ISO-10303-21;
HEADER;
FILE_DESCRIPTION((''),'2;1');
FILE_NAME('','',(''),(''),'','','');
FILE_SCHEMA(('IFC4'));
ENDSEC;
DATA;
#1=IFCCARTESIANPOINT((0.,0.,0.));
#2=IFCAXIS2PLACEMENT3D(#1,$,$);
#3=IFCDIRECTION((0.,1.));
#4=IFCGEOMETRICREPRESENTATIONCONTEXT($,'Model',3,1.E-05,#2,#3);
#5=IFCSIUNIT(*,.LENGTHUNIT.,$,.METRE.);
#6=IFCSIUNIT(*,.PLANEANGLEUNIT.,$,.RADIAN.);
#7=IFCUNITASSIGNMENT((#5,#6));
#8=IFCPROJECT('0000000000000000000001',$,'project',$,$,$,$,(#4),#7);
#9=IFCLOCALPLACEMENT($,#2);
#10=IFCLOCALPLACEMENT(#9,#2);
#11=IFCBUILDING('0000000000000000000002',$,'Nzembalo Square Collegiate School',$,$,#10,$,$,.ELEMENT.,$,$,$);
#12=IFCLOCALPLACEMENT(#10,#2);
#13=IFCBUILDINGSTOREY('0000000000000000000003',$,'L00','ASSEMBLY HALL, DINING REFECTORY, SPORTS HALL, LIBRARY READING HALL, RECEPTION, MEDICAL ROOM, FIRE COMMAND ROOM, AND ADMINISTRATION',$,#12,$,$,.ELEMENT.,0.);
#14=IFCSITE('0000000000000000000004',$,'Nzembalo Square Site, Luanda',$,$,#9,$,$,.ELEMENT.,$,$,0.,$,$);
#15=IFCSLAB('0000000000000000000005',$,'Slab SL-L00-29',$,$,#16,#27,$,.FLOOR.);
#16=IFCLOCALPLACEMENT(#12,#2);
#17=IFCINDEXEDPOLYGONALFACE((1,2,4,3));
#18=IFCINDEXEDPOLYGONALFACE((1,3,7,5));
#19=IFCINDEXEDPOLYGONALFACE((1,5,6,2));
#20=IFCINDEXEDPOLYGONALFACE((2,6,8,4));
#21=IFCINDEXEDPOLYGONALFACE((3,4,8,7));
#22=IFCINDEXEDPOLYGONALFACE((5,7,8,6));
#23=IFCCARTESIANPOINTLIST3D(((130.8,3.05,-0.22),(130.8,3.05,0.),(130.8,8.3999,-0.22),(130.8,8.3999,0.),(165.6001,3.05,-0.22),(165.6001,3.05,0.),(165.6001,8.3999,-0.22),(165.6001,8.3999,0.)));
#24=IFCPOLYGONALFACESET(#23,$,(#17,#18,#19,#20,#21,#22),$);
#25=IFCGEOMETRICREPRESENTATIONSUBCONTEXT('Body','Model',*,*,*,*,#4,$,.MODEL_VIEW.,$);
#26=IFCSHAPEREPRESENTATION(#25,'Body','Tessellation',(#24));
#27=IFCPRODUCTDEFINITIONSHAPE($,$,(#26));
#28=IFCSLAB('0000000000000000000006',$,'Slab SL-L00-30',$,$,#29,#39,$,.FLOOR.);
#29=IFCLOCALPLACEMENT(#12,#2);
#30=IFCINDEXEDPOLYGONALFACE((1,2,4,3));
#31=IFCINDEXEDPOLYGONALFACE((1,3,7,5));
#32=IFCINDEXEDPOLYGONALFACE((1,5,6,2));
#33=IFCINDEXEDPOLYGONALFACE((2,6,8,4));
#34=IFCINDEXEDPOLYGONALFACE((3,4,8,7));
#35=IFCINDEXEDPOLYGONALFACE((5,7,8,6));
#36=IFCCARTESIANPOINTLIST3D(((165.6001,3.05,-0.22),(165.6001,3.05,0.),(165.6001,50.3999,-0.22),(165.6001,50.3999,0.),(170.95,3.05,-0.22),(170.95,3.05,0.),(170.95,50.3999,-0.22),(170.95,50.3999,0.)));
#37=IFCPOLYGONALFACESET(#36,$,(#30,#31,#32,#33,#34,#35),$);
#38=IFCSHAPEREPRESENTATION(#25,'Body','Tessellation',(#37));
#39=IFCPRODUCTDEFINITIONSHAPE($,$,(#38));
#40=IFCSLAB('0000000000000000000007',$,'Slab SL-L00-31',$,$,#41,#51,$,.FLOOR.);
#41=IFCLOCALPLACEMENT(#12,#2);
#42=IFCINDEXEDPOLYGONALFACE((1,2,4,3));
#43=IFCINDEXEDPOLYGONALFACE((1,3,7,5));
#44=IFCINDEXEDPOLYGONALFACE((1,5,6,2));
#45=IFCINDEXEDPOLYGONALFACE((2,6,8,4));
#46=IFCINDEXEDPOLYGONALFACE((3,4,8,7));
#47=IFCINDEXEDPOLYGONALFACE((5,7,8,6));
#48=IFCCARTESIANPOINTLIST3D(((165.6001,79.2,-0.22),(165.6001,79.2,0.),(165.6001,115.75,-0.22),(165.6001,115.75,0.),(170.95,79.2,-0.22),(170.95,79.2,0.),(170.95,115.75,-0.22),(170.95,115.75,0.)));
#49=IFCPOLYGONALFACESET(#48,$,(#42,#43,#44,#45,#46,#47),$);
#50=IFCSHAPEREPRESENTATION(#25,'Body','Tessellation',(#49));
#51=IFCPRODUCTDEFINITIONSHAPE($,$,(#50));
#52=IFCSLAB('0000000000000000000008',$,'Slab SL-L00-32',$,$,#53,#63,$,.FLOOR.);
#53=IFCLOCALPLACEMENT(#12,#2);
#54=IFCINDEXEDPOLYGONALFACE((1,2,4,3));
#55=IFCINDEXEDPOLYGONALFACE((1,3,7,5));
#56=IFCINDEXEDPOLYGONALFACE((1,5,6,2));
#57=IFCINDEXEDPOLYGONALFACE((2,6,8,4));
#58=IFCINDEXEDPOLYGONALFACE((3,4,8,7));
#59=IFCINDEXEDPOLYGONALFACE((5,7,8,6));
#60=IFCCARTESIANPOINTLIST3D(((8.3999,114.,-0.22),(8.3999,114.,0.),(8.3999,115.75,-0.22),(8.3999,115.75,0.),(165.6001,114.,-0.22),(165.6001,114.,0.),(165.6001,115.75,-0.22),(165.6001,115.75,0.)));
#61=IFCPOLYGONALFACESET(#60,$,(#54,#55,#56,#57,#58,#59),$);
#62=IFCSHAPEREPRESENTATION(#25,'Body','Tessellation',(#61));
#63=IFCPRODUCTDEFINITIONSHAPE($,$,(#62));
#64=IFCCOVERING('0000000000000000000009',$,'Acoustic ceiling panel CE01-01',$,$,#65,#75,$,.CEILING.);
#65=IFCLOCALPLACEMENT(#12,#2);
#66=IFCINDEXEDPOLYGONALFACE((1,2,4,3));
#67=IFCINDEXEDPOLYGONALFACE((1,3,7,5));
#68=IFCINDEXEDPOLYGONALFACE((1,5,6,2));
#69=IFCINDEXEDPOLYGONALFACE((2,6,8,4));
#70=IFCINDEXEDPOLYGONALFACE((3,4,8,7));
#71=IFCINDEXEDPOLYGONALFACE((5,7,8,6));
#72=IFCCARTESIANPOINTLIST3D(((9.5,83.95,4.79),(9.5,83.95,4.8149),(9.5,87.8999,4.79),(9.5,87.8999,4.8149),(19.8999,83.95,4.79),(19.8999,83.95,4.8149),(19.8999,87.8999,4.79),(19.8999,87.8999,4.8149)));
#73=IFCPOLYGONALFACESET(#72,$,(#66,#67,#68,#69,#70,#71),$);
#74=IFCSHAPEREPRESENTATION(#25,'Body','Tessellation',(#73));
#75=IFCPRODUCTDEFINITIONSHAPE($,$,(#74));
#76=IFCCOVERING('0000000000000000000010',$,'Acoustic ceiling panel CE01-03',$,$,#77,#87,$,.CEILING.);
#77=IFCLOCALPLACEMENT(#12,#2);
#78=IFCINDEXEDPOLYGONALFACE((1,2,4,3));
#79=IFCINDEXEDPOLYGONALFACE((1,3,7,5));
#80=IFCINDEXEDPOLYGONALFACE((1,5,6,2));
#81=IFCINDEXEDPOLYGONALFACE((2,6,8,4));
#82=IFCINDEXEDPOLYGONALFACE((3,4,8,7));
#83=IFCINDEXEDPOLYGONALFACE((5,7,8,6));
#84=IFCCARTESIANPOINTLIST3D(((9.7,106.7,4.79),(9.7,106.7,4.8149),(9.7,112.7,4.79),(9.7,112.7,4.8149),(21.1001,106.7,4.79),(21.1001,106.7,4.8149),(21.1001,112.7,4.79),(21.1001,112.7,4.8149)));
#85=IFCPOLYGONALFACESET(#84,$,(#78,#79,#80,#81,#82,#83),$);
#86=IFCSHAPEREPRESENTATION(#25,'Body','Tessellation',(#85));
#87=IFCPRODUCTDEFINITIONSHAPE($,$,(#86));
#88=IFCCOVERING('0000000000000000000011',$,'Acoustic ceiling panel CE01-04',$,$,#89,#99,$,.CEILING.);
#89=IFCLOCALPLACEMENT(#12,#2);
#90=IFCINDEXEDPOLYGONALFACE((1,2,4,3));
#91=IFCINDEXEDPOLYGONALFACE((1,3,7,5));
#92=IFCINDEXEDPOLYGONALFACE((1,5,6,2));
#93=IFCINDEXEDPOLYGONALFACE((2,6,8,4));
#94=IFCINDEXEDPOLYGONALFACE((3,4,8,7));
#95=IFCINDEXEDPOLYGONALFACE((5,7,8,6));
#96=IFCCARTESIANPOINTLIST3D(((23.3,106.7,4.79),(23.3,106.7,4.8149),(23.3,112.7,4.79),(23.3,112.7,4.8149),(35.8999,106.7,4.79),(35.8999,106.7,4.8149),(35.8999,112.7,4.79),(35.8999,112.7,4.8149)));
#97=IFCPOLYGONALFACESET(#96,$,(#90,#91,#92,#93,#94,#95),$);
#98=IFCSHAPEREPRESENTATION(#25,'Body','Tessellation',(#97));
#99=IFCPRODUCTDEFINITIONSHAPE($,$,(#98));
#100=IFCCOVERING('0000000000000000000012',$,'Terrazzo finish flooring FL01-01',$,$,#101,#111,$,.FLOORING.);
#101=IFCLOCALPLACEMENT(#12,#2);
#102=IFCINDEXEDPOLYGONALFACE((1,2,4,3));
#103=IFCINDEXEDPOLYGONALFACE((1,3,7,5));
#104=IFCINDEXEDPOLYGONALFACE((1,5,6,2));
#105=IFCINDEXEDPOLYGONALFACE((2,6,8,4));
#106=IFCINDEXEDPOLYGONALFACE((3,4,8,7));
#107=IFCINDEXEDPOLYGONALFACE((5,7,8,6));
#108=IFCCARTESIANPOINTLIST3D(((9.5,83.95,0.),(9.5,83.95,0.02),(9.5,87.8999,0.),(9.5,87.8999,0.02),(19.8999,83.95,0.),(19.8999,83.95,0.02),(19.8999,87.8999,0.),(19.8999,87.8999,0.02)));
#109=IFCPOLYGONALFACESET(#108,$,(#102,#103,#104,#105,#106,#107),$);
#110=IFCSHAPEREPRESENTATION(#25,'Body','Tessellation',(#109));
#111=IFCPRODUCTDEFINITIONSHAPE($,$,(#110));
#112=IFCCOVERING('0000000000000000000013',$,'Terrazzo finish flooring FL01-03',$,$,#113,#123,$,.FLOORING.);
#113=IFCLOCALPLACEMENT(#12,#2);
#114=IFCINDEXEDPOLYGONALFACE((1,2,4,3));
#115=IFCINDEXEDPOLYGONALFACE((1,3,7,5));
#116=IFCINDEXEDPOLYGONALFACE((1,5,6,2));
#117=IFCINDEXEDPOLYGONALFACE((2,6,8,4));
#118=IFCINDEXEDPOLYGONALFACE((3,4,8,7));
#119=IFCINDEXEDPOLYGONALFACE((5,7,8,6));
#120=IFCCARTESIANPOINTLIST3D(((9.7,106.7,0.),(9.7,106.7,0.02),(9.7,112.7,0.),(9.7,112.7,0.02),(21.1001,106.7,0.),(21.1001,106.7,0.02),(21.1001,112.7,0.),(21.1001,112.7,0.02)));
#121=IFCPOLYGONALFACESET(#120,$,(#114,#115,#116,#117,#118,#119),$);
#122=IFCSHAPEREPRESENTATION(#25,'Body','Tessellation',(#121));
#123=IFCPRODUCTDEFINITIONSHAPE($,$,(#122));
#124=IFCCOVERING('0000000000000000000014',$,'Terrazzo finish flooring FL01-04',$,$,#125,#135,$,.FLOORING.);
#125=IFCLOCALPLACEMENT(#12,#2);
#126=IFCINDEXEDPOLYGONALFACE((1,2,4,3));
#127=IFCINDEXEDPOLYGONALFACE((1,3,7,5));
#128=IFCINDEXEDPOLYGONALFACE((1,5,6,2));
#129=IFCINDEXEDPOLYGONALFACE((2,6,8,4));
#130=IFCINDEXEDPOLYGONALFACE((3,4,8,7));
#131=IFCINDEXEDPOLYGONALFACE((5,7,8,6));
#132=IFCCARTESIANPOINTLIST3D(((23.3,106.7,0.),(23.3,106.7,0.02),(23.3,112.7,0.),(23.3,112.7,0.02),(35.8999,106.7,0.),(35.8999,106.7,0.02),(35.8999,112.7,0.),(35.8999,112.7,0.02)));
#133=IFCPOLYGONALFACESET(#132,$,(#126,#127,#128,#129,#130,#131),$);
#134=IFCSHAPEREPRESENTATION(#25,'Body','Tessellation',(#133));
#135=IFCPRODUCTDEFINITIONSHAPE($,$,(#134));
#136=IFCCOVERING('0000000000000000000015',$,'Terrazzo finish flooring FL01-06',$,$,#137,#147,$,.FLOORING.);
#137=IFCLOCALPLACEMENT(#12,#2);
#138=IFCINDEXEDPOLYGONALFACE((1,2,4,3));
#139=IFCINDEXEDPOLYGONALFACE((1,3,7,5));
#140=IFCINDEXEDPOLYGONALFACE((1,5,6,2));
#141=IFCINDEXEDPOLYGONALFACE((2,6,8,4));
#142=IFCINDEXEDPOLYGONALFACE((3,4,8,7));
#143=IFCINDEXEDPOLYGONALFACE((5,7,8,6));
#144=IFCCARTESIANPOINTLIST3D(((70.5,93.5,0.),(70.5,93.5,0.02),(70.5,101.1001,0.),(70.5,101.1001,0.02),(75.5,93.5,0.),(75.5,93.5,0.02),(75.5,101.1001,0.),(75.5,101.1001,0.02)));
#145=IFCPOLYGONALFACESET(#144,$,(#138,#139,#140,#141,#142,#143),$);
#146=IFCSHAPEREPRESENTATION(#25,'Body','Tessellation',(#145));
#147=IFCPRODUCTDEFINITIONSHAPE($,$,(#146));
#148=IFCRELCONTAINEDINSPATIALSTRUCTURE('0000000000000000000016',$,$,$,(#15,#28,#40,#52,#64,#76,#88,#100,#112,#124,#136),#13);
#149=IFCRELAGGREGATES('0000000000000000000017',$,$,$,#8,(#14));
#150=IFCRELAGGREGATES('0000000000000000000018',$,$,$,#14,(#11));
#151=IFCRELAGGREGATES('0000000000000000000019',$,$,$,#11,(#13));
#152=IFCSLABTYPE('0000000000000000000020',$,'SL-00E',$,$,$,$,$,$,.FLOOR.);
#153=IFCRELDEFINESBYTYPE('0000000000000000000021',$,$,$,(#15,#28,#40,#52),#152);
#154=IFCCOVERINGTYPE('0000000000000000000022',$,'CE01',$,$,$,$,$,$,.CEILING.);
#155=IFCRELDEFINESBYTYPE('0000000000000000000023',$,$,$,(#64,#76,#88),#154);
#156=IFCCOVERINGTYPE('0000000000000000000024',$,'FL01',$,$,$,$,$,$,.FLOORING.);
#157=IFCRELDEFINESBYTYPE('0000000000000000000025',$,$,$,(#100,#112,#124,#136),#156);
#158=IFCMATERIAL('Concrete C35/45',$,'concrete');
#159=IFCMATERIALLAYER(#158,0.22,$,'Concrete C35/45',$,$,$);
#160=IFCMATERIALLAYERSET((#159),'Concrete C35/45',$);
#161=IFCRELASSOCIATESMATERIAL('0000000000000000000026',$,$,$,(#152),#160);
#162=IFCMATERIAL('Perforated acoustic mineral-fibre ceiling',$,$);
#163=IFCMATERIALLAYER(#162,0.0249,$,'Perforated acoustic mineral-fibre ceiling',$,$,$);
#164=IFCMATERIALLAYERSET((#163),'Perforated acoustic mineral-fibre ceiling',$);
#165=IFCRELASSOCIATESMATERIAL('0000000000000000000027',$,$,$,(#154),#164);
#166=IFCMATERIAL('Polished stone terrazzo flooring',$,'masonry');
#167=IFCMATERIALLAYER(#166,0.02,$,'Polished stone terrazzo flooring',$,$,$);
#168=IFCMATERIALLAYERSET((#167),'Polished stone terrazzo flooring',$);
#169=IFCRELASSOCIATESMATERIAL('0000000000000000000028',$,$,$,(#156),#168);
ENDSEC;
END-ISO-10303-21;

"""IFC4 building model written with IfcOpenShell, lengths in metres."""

from ifc_helpers import new_model, si_unit, direction, frame, origin, place, context, subcontext, project, spatial, polyline, outline, extrude, material, layer, layer_set, type_object, element, save


model = new_model("IFC4")

# Units and contexts
model_context = context("Model", 3, precision=1e-05, world=origin(), true_north=direction((0.0, 1.0)))
body_context = subcontext(model_context, "Body", "Model", "MODEL_VIEW")
ifc_project = project(units=[si_unit("LENGTHUNIT", "METRE"), si_unit("PLANEANGLEUNIT", "RADIAN")], contexts=[model_context])

# Site, building, storey
site_placement = place(None, origin())
site = spatial("IfcSite", under=ifc_project, at=site_placement, Name="Nzembalo Square Site, Luanda", CompositionType="ELEMENT", RefElevation=0.0)
building_placement = place(site_placement, origin())
building = spatial("IfcBuilding", under=site, at=building_placement, Name="Nzembalo Square Collegiate School", CompositionType="ELEMENT")
storey_placement = place(building_placement, origin())
storey = spatial("IfcBuildingStorey", under=building, at=storey_placement, Name="L00", Description="ASSEMBLY HALL, DINING REFECTORY, SPORTS HALL, LIBRARY READING HALL, RECEPTION, MEDICAL ROOM, FIRE COMMAND ROOM, AND ADMINISTRATION", CompositionType="ELEMENT", Elevation=0.0)

# Slabs
ifc_material_1 = material(Name="Concrete C35/45", Category="concrete")
ifc_layer_1 = layer(ifc_material_1, 0.22, Name="Concrete C35/45")
ifc_layer_set_1 = layer_set([ifc_layer_1], Name="Concrete C35/45")
slab_type_1 = type_object("IfcSlabType", Name="SL-00E", PredefinedType="FLOOR", material=ifc_layer_set_1)
slab_1_placement = place(storey_placement, frame((0.0, 0.0, -0.22)))
element("IfcSlab", 1, at=slab_1_placement, inside=storey, type_object=slab_type_1, Name="Slab SL-L00-29", PredefinedType="FLOOR", context=body_context, shape_type="SweptSolid", body=[
    extrude(outline(polyline([(130.8, 3.05), (165.6001, 3.05), (165.6001, 8.3999), (130.8, 8.3999), (130.8, 3.05)])), origin(), (0.0, 0.0, 1.0), 0.22),
])
slab_2_placement = place(storey_placement, frame((0.0, 0.0, -0.22)))
element("IfcSlab", 2, at=slab_2_placement, inside=storey, type_object=slab_type_1, Name="Slab SL-L00-30", PredefinedType="FLOOR", context=body_context, shape_type="SweptSolid", body=[
    extrude(outline(polyline([(165.6001, 3.05), (170.95, 3.05), (170.95, 50.3999), (165.6001, 50.3999), (165.6001, 3.05)])), origin(), (0.0, 0.0, 1.0), 0.22),
])
slab_3_placement = place(storey_placement, frame((0.0, 0.0, -0.22)))
element("IfcSlab", 3, at=slab_3_placement, inside=storey, type_object=slab_type_1, Name="Slab SL-L00-31", PredefinedType="FLOOR", context=body_context, shape_type="SweptSolid", body=[
    extrude(outline(polyline([(165.6001, 79.2), (170.95, 79.2), (170.95, 115.75), (165.6001, 115.75), (165.6001, 79.2)])), origin(), (0.0, 0.0, 1.0), 0.22),
])
slab_4_placement = place(storey_placement, frame((0.0, 0.0, -0.22)))
element("IfcSlab", 4, at=slab_4_placement, inside=storey, type_object=slab_type_1, Name="Slab SL-L00-32", PredefinedType="FLOOR", context=body_context, shape_type="SweptSolid", body=[
    extrude(outline(polyline([(8.3999, 114.0), (165.6001, 114.0), (165.6001, 115.75), (8.3999, 115.75), (8.3999, 114.0)])), origin(), (0.0, 0.0, 1.0), 0.22),
])

# Coverings
ifc_material_2 = material(Name="Perforated acoustic mineral-fibre ceiling")
ifc_layer_2 = layer(ifc_material_2, 0.0249, Name="Perforated acoustic mineral-fibre ceiling")
ifc_layer_set_2 = layer_set([ifc_layer_2], Name="Perforated acoustic mineral-fibre ceiling")
covering_type_1 = type_object("IfcCoveringType", Name="CE01", PredefinedType="CEILING", material=ifc_layer_set_2)
covering_1_placement = place(storey_placement, frame((0.0, 0.0, 4.79)))
element("IfcCovering", 5, at=covering_1_placement, inside=storey, type_object=covering_type_1, Name="Acoustic ceiling panel CE01-01", PredefinedType="CEILING", context=body_context, shape_type="SweptSolid", body=[
    extrude(outline(polyline([(9.5, 83.95), (19.8999, 83.95), (19.8999, 87.8999), (9.5, 87.8999), (9.5, 83.95)])), origin(), (0.0, 0.0, 1.0), 0.0249),
])
covering_2_placement = place(storey_placement, frame((0.0, 0.0, 4.79)))
element("IfcCovering", 6, at=covering_2_placement, inside=storey, type_object=covering_type_1, Name="Acoustic ceiling panel CE01-03", PredefinedType="CEILING", context=body_context, shape_type="SweptSolid", body=[
    extrude(outline(polyline([(9.7, 106.7), (21.1001, 106.7), (21.1001, 112.7), (9.7, 112.7), (9.7, 106.7)])), origin(), (0.0, 0.0, 1.0), 0.0249),
])
covering_3_placement = place(storey_placement, frame((0.0, 0.0, 4.79)))
element("IfcCovering", 7, at=covering_3_placement, inside=storey, type_object=covering_type_1, Name="Acoustic ceiling panel CE01-04", PredefinedType="CEILING", context=body_context, shape_type="SweptSolid", body=[
    extrude(outline(polyline([(23.3, 106.7), (35.8999, 106.7), (35.8999, 112.7), (23.3, 112.7), (23.3, 106.7)])), origin(), (0.0, 0.0, 1.0), 0.0249),
])
ifc_material_3 = material(Name="Polished stone terrazzo flooring", Category="masonry")
ifc_layer_3 = layer(ifc_material_3, 0.02, Name="Polished stone terrazzo flooring")
ifc_layer_set_3 = layer_set([ifc_layer_3], Name="Polished stone terrazzo flooring")
covering_type_2 = type_object("IfcCoveringType", Name="FL01", PredefinedType="FLOORING", material=ifc_layer_set_3)
covering_4_placement = place(storey_placement, origin())
element("IfcCovering", 8, at=covering_4_placement, inside=storey, type_object=covering_type_2, Name="Terrazzo finish flooring FL01-01", PredefinedType="FLOORING", context=body_context, shape_type="SweptSolid", body=[
    extrude(outline(polyline([(9.5, 83.95), (19.8999, 83.95), (19.8999, 87.8999), (9.5, 87.8999), (9.5, 83.95)])), origin(), (0.0, 0.0, 1.0), 0.02),
])
covering_5_placement = place(storey_placement, origin())
element("IfcCovering", 9, at=covering_5_placement, inside=storey, type_object=covering_type_2, Name="Terrazzo finish flooring FL01-03", PredefinedType="FLOORING", context=body_context, shape_type="SweptSolid", body=[
    extrude(outline(polyline([(9.7, 106.7), (21.1001, 106.7), (21.1001, 112.7), (9.7, 112.7), (9.7, 106.7)])), origin(), (0.0, 0.0, 1.0), 0.02),
])
covering_6_placement = place(storey_placement, origin())
element("IfcCovering", 10, at=covering_6_placement, inside=storey, type_object=covering_type_2, Name="Terrazzo finish flooring FL01-04", PredefinedType="FLOORING", context=body_context, shape_type="SweptSolid", body=[
    extrude(outline(polyline([(23.3, 106.7), (35.8999, 106.7), (35.8999, 112.7), (23.3, 112.7), (23.3, 106.7)])), origin(), (0.0, 0.0, 1.0), 0.02),
])
covering_7_placement = place(storey_placement, origin())
element("IfcCovering", 11, at=covering_7_placement, inside=storey, type_object=covering_type_2, Name="Terrazzo finish flooring FL01-06", PredefinedType="FLOORING", context=body_context, shape_type="SweptSolid", body=[
    extrude(outline(polyline([(70.5, 93.5), (75.5, 93.5), (75.5, 101.1001), (70.5, 101.1001), (70.5, 93.5)])), origin(), (0.0, 0.0, 1.0), 0.02),
])

save(model, "model.ifc")
